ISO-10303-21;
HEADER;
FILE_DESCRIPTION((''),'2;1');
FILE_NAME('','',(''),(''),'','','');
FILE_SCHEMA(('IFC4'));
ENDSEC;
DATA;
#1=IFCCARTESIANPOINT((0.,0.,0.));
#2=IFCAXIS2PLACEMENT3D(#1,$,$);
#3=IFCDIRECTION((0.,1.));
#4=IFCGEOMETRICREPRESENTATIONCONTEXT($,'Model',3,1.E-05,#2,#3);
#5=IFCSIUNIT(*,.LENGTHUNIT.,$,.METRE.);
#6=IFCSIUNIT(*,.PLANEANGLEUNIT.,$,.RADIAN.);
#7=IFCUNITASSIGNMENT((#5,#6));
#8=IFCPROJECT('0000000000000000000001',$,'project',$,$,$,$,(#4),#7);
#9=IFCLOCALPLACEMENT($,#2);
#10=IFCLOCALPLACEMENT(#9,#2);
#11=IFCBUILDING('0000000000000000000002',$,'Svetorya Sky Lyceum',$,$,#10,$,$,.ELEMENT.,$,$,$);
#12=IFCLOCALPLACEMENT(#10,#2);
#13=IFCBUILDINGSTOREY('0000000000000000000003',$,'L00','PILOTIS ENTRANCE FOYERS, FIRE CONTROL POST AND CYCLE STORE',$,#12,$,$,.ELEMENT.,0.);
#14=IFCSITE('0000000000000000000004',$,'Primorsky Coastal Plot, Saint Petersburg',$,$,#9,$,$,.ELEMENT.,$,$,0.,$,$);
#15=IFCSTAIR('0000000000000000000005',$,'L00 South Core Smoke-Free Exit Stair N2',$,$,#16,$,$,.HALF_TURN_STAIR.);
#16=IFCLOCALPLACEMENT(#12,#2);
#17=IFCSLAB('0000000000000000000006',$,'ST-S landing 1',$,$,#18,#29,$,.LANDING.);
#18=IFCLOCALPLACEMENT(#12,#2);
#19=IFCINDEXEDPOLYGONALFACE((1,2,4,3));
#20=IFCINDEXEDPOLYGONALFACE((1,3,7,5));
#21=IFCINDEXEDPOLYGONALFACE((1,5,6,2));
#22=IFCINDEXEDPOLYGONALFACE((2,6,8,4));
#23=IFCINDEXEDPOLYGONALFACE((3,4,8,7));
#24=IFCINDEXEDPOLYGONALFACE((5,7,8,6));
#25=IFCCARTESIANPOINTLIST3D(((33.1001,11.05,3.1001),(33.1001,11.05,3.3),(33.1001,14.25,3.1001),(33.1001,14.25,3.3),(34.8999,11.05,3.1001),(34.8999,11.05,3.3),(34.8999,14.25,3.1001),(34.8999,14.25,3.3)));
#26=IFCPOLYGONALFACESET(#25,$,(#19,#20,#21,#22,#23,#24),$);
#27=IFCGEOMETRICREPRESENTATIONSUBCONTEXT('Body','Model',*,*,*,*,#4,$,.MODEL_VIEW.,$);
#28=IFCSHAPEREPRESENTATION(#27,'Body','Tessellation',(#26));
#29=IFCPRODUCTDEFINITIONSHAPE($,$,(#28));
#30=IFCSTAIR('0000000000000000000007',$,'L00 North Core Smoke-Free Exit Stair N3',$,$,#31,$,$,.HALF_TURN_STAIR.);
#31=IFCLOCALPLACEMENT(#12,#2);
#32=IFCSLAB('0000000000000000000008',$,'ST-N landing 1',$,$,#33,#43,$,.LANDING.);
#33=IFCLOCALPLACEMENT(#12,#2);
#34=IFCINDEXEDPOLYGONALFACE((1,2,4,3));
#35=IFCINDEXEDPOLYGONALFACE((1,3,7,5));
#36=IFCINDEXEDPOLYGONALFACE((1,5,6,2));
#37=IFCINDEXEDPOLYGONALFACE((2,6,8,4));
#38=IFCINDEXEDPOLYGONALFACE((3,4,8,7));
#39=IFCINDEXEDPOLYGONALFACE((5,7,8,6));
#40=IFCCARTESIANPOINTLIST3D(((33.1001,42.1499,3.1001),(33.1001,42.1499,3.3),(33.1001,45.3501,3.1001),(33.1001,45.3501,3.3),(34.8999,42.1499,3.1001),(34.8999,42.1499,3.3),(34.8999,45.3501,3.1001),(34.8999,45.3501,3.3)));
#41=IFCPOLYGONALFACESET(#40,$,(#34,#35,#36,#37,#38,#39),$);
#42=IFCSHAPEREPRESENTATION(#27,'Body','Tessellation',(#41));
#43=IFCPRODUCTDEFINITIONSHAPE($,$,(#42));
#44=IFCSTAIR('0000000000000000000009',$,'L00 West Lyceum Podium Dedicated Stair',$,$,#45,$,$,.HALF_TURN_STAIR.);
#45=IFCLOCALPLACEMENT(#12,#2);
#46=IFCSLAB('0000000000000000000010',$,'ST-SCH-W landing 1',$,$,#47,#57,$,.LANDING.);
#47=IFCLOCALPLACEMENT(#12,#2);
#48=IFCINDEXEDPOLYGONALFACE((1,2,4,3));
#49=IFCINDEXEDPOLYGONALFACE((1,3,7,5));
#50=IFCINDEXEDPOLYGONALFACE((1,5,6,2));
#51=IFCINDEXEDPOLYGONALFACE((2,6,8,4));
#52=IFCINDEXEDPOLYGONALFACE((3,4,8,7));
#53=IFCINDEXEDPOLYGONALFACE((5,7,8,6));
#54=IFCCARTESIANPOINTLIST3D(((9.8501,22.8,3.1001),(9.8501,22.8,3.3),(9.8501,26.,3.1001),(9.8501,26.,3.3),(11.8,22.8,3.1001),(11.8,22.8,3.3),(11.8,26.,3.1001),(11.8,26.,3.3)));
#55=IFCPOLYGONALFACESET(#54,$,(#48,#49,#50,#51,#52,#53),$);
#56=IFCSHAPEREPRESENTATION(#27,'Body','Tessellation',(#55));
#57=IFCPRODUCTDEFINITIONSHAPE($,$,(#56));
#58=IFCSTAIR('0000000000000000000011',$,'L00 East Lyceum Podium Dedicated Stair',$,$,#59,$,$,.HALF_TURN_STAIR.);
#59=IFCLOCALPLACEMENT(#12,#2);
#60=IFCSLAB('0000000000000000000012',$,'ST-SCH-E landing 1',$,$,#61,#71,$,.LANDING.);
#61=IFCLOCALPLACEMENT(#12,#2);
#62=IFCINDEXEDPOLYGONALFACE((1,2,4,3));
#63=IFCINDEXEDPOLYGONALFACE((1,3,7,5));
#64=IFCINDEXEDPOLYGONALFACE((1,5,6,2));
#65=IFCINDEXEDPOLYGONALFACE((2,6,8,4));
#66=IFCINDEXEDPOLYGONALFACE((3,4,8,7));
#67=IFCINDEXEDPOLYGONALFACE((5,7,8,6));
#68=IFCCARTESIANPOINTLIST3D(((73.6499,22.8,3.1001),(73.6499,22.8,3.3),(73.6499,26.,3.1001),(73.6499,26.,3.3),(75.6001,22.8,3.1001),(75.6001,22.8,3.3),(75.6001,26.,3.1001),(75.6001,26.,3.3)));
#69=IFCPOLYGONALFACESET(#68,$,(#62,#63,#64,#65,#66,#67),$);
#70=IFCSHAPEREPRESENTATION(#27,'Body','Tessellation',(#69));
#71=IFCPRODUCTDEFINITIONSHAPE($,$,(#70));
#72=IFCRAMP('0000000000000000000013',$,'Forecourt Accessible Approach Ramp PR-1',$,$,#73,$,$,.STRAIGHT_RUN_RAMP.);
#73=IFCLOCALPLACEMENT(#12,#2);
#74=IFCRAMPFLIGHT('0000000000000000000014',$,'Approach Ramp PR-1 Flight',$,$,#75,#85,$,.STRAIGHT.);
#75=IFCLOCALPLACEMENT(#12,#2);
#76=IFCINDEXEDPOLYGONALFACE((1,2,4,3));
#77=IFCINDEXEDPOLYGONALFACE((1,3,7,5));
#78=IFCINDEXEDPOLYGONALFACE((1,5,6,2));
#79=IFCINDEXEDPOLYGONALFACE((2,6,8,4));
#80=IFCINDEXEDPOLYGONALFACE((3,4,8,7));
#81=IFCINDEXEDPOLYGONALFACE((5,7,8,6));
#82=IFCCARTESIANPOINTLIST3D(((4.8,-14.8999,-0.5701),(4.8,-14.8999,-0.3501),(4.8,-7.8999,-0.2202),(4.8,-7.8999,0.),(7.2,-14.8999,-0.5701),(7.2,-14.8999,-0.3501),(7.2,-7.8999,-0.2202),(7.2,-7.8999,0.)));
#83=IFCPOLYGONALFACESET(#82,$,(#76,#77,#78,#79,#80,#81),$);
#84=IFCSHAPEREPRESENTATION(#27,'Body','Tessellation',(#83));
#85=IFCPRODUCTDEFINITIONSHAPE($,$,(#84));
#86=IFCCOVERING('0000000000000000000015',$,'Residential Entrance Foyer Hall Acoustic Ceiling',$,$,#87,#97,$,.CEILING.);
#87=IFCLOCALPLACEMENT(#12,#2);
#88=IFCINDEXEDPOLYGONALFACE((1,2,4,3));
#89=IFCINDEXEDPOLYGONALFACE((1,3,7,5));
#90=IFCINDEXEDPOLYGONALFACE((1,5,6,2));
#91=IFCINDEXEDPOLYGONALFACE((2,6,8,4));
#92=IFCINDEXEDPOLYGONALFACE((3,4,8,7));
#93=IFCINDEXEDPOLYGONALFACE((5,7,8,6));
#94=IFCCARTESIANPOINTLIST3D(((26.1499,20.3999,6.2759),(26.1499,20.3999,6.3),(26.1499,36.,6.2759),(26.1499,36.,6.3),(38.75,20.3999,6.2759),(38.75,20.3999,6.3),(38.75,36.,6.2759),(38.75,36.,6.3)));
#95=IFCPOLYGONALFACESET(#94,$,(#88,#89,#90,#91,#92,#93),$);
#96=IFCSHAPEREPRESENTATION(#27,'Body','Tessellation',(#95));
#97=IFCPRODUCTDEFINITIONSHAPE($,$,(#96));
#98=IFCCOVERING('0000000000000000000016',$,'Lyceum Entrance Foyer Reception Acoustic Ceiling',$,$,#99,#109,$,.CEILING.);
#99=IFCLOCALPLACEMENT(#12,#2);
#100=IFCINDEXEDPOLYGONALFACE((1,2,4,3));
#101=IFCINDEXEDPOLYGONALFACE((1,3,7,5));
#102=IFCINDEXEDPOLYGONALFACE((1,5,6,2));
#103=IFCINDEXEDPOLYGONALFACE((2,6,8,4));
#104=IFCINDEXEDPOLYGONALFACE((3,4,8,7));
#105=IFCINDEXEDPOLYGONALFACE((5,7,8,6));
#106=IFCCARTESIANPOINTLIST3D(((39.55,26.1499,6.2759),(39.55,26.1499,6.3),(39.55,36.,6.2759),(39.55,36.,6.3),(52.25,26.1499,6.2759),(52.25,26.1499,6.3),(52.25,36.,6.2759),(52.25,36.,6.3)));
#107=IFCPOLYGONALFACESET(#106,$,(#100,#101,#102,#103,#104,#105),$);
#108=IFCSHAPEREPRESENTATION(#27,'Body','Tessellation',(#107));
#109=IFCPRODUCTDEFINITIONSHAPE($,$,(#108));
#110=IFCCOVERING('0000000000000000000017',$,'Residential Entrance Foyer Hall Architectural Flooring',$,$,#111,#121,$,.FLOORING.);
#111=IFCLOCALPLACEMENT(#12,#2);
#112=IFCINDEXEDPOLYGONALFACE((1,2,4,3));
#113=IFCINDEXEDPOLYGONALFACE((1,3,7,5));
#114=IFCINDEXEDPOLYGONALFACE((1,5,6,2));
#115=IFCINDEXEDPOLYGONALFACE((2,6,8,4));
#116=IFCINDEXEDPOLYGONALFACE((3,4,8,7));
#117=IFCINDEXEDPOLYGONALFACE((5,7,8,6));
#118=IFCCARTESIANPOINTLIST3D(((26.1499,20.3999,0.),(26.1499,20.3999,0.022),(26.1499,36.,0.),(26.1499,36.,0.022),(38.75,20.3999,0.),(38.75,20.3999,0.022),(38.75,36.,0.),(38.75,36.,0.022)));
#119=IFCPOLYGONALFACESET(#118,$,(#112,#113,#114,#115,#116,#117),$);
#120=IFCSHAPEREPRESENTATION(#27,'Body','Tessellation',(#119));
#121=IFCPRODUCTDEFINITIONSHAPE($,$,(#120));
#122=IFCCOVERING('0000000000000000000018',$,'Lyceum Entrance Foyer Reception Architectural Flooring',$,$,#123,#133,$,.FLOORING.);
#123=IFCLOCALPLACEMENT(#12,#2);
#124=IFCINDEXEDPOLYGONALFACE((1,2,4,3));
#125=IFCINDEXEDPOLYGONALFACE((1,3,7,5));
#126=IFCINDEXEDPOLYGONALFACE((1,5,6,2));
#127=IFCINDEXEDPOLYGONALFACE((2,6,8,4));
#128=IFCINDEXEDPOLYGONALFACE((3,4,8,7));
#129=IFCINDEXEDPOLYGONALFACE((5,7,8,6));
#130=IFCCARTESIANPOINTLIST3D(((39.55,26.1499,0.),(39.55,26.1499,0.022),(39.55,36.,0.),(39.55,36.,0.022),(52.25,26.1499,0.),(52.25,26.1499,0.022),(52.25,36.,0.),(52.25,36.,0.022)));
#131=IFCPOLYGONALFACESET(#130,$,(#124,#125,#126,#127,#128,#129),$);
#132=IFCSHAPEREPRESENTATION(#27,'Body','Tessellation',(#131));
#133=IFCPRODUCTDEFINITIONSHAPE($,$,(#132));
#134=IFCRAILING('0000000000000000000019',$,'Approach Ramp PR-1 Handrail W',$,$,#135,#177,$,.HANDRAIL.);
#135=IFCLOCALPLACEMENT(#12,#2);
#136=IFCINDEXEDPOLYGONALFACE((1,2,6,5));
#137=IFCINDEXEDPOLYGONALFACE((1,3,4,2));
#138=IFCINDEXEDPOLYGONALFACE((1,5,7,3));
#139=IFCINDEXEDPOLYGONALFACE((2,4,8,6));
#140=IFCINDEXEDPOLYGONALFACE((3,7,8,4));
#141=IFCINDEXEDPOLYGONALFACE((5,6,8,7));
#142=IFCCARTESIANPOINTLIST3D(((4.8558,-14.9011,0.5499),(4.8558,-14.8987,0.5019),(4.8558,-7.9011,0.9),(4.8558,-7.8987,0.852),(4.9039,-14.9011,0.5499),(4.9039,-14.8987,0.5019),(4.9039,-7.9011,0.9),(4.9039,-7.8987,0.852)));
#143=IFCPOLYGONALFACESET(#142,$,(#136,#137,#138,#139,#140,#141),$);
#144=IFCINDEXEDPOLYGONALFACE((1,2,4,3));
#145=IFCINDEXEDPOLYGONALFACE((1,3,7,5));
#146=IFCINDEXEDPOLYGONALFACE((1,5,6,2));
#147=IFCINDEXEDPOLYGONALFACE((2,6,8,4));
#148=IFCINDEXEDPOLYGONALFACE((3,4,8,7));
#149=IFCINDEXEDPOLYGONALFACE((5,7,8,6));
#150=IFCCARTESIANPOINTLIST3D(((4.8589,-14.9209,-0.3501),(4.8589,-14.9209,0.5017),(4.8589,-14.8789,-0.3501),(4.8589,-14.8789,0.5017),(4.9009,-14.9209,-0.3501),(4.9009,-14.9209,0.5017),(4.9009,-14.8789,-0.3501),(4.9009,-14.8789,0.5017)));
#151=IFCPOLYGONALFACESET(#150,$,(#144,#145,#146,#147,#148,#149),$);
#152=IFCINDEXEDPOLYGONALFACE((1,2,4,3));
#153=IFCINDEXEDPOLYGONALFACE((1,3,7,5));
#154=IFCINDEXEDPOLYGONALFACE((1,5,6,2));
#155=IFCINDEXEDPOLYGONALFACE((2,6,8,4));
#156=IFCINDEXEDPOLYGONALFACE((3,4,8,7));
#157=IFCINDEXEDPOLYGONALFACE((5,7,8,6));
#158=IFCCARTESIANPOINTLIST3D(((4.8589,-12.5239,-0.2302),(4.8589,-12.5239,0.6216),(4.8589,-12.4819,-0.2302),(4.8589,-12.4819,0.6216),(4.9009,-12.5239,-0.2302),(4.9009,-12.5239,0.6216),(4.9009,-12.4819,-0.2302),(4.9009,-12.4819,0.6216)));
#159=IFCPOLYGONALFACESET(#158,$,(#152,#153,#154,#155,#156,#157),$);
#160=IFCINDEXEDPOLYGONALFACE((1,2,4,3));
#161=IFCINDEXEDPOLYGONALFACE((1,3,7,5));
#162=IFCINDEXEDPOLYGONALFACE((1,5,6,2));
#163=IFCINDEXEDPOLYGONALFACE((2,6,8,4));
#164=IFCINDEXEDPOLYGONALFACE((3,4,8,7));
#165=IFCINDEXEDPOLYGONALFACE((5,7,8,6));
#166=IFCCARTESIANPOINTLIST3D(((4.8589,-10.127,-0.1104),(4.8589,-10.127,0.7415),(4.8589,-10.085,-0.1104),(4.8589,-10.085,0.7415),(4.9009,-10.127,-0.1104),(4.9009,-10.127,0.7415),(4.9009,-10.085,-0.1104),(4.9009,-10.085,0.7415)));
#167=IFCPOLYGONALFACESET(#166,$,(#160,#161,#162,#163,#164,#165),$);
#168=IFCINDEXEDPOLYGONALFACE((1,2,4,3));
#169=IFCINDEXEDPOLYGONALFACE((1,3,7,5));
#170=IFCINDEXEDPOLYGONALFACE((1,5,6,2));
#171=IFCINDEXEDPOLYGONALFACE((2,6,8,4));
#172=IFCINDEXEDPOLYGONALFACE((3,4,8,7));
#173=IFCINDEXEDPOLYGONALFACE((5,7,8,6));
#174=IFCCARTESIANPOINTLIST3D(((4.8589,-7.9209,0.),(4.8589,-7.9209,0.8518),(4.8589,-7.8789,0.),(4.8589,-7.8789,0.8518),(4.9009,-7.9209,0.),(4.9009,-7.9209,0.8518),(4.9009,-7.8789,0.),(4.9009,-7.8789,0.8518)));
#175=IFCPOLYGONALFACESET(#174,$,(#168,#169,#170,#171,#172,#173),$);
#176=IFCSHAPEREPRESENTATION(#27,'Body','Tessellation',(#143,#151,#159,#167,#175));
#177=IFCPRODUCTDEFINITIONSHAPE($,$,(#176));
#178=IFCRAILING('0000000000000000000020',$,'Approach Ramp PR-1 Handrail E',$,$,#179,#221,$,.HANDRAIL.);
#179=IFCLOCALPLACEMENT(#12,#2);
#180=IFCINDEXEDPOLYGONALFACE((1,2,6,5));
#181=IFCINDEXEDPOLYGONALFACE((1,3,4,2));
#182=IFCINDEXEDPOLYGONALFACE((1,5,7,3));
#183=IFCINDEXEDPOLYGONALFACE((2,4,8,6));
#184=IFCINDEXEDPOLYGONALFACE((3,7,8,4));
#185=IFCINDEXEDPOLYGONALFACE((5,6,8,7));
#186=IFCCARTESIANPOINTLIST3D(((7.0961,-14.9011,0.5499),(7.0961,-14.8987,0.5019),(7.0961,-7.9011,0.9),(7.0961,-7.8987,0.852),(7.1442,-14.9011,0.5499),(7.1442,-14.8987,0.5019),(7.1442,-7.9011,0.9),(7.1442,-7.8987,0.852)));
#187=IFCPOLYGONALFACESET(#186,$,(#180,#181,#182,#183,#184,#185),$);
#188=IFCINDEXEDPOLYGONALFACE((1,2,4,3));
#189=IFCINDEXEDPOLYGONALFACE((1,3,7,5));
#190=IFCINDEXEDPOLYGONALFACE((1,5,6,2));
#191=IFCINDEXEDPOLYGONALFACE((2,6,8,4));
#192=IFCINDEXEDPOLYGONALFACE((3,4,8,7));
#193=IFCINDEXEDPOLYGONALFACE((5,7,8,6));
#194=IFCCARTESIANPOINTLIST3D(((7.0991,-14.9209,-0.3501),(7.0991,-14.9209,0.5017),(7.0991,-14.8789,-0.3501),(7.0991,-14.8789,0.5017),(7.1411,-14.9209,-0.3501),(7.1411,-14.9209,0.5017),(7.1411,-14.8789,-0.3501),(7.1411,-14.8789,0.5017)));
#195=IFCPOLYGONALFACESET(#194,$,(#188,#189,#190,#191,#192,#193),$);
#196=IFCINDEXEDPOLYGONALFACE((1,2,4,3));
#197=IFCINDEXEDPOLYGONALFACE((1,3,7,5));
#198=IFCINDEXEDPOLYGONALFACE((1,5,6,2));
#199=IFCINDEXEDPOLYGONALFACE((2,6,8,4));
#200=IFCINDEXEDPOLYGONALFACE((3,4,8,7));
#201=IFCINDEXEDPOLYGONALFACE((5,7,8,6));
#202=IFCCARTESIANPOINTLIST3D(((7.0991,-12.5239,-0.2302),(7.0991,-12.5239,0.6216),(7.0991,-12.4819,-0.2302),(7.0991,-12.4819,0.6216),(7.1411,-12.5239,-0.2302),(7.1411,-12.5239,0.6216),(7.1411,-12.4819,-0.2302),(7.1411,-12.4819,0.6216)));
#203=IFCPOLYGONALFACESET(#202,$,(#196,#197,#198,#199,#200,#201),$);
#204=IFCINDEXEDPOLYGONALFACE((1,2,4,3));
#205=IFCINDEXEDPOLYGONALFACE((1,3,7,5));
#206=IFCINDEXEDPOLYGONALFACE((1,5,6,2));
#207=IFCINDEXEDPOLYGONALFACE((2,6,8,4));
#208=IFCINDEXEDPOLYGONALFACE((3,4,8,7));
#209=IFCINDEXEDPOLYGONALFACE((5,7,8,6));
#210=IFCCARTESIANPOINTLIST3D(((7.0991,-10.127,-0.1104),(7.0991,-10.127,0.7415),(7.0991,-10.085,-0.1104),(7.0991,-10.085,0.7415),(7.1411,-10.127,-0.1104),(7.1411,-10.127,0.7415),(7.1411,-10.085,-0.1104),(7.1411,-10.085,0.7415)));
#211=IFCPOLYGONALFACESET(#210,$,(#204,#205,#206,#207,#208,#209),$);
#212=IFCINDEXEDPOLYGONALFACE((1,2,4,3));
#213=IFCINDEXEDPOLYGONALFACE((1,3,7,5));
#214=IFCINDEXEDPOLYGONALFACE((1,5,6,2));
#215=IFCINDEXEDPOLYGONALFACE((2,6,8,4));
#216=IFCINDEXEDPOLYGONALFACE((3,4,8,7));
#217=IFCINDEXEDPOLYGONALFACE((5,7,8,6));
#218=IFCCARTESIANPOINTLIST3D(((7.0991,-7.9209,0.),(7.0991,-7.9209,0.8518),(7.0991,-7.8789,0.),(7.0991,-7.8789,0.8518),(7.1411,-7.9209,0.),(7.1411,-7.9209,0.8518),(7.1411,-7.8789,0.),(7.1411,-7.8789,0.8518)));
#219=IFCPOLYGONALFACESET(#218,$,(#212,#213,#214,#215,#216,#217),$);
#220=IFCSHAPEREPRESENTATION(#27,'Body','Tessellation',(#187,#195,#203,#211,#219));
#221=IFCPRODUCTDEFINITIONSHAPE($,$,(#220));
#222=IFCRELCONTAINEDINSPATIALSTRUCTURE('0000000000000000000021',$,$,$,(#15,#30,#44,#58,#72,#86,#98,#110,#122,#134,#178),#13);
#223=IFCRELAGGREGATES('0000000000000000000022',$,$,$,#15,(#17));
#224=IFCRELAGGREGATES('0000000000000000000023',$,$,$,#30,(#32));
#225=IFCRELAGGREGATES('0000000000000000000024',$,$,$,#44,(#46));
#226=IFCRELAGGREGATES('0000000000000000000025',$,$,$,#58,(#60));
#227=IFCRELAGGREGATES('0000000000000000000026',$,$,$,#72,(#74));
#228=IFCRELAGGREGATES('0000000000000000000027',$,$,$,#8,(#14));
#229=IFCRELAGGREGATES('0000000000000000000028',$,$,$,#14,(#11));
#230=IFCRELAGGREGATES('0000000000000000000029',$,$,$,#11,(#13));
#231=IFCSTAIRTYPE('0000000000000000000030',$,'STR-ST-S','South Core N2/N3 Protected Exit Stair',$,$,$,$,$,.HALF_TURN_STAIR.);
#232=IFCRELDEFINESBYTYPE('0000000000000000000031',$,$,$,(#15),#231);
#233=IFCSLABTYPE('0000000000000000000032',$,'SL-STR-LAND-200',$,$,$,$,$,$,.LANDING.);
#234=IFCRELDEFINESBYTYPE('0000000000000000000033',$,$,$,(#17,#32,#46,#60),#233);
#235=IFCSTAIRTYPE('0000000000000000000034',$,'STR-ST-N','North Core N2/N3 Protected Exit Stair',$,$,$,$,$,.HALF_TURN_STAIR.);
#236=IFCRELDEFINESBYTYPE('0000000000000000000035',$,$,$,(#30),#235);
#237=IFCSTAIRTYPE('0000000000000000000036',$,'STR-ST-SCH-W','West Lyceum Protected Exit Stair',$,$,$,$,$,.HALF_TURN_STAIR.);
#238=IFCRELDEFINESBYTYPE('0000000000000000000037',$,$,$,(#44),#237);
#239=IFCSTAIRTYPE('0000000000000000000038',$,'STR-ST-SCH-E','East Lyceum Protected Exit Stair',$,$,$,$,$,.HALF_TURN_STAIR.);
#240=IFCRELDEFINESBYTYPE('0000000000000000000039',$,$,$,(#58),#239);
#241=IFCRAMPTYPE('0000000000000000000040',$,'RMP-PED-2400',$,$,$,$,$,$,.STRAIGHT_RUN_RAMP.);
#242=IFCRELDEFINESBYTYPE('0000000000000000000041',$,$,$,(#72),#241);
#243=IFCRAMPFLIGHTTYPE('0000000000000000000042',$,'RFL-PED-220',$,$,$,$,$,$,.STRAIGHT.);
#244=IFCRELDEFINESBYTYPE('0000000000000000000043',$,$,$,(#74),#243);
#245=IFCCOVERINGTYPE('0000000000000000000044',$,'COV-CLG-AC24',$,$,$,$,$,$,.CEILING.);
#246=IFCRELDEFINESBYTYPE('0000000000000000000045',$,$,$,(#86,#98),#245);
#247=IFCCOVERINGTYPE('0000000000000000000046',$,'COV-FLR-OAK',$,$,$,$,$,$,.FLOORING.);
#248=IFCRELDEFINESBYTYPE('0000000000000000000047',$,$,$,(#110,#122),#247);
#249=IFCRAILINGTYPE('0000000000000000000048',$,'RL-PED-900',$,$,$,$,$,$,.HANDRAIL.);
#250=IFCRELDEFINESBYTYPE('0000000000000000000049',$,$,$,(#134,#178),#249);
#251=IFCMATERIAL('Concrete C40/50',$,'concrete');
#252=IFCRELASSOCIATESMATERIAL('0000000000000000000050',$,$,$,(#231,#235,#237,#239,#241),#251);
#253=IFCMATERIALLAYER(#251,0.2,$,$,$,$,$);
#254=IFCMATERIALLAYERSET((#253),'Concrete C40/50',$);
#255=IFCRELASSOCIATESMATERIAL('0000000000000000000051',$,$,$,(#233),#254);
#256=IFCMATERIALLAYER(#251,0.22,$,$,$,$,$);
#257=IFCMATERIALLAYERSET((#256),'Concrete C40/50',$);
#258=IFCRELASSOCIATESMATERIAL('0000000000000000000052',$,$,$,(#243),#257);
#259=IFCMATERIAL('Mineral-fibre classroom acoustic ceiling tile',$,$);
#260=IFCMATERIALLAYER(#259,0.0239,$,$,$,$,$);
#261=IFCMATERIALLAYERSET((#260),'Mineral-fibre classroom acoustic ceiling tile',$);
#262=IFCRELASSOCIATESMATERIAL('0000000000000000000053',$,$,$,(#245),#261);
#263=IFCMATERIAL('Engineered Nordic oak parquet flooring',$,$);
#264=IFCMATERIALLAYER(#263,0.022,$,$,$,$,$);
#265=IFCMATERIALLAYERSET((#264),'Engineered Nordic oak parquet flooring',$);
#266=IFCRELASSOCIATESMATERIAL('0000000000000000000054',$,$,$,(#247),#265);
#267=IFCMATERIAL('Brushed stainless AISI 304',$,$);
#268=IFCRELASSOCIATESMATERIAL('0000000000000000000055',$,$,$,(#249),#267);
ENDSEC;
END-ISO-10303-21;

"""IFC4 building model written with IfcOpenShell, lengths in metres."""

from ifc_helpers import new_model, si_unit, direction, frame, origin, origin_2d, place, context, subcontext, project, spatial, polyline, rectangle, outline, extrude, material, layer, layer_set, type_object, element, aggregate, save


model = new_model("IFC4")

# Units and contexts
model_context = context("Model", 3, precision=1e-05, world=origin(), true_north=direction((0.0, 1.0)))
body_context = subcontext(model_context, "Body", "Model", "MODEL_VIEW")
ifc_project = project(units=[si_unit("LENGTHUNIT", "METRE"), si_unit("PLANEANGLEUNIT", "RADIAN")], contexts=[model_context])

# Site, building, storey
site_placement = place(None, origin())
site = spatial("IfcSite", under=ifc_project, at=site_placement, Name="Primorsky Coastal Plot, Saint Petersburg", CompositionType="ELEMENT", RefElevation=0.0)
building_placement = place(site_placement, origin())
building = spatial("IfcBuilding", under=site, at=building_placement, Name="Svetorya Sky Lyceum", CompositionType="ELEMENT")
storey_placement = place(building_placement, origin())
storey = spatial("IfcBuildingStorey", under=building, at=storey_placement, Name="L00", Description="PILOTIS ENTRANCE FOYERS, FIRE CONTROL POST AND CYCLE STORE", CompositionType="ELEMENT", Elevation=0.0)

# Stairs, slabs
ifc_material_1 = material(Name="Concrete C40/50", Category="concrete")
stair_type_1 = type_object("IfcStairType", Name="STR-ST-S", Description="South Core N2/N3 Protected Exit Stair", PredefinedType="HALF_TURN_STAIR", material=ifc_material_1)
stair_1_placement = place(storey_placement, origin())
stair_1 = element("IfcStair", 1, at=stair_1_placement, inside=storey, type_object=stair_type_1, Name="L00 South Core Smoke-Free Exit Stair N2", PredefinedType="HALF_TURN_STAIR")
ifc_layer_1 = layer(ifc_material_1, 0.2)
ifc_layer_set_1 = layer_set([ifc_layer_1], Name="Concrete C40/50")
slab_type_1 = type_object("IfcSlabType", Name="SL-STR-LAND-200", PredefinedType="LANDING", material=ifc_layer_set_1)
slab_1_placement = place(storey_placement, frame((0.0, 0.0, 3.1001)))
slab_1 = element("IfcSlab", 2, at=slab_1_placement, type_object=slab_type_1, Name="ST-S landing 1", PredefinedType="LANDING", context=body_context, shape_type="SweptSolid", body=[
    extrude(outline(polyline([(33.1001, 11.05), (34.8999, 11.05), (34.8999, 14.25), (33.1001, 14.25), (33.1001, 11.05)])), origin(), (0.0, 0.0, 1.0), 0.2),
])
aggregate(stair_1, [slab_1])
stair_type_2 = type_object("IfcStairType", Name="STR-ST-N", Description="North Core N2/N3 Protected Exit Stair", PredefinedType="HALF_TURN_STAIR", material=ifc_material_1)
stair_2_placement = place(storey_placement, origin())
stair_2 = element("IfcStair", 3, at=stair_2_placement, inside=storey, type_object=stair_type_2, Name="L00 North Core Smoke-Free Exit Stair N3", PredefinedType="HALF_TURN_STAIR")
slab_2_placement = place(storey_placement, frame((0.0, 0.0, 3.1001)))
slab_2 = element("IfcSlab", 4, at=slab_2_placement, type_object=slab_type_1, Name="ST-N landing 1", PredefinedType="LANDING", context=body_context, shape_type="SweptSolid", body=[
    extrude(outline(polyline([(33.1001, 42.1499), (34.8999, 42.1499), (34.8999, 45.3501), (33.1001, 45.3501), (33.1001, 42.1499)])), origin(), (0.0, 0.0, 1.0), 0.2),
])
aggregate(stair_2, [slab_2])
stair_type_3 = type_object("IfcStairType", Name="STR-ST-SCH-W", Description="West Lyceum Protected Exit Stair", PredefinedType="HALF_TURN_STAIR", material=ifc_material_1)
stair_3_placement = place(storey_placement, origin())
stair_3 = element("IfcStair", 5, at=stair_3_placement, inside=storey, type_object=stair_type_3, Name="L00 West Lyceum Podium Dedicated Stair", PredefinedType="HALF_TURN_STAIR")
slab_3_placement = place(storey_placement, frame((0.0, 0.0, 3.1001)))
slab_3 = element("IfcSlab", 6, at=slab_3_placement, type_object=slab_type_1, Name="ST-SCH-W landing 1", PredefinedType="LANDING", context=body_context, shape_type="SweptSolid", body=[
    extrude(outline(polyline([(9.8501, 22.8), (11.8, 22.8), (11.8, 26.0), (9.8501, 26.0), (9.8501, 22.8)])), origin(), (0.0, 0.0, 1.0), 0.2),
])
aggregate(stair_3, [slab_3])
stair_type_4 = type_object("IfcStairType", Name="STR-ST-SCH-E", Description="East Lyceum Protected Exit Stair", PredefinedType="HALF_TURN_STAIR", material=ifc_material_1)
stair_4_placement = place(storey_placement, origin())
stair_4 = element("IfcStair", 7, at=stair_4_placement, inside=storey, type_object=stair_type_4, Name="L00 East Lyceum Podium Dedicated Stair", PredefinedType="HALF_TURN_STAIR")
slab_4_placement = place(storey_placement, frame((0.0, 0.0, 3.1001)))
slab_4 = element("IfcSlab", 8, at=slab_4_placement, type_object=slab_type_1, Name="ST-SCH-E landing 1", PredefinedType="LANDING", context=body_context, shape_type="SweptSolid", body=[
    extrude(outline(polyline([(73.6499, 22.8), (75.6001, 22.8), (75.6001, 26.0), (73.6499, 26.0), (73.6499, 22.8)])), origin(), (0.0, 0.0, 1.0), 0.2),
])
aggregate(stair_4, [slab_4])

# Ramp, ramp flight
ramp_type = type_object("IfcRampType", Name="RMP-PED-2400", PredefinedType="STRAIGHT_RUN_RAMP", material=ifc_material_1)
ramp_placement = place(storey_placement, origin())
ramp = element("IfcRamp", 9, at=ramp_placement, inside=storey, type_object=ramp_type, Name="Forecourt Accessible Approach Ramp PR-1", PredefinedType="STRAIGHT_RUN_RAMP")
ifc_layer_2 = layer(ifc_material_1, 0.22)
ifc_layer_set_2 = layer_set([ifc_layer_2], Name="Concrete C40/50")
ramp_flight_type = type_object("IfcRampFlightType", Name="RFL-PED-220", PredefinedType="STRAIGHT", material=ifc_layer_set_2)
ramp_flight_placement = place(storey_placement, frame((4.8, -14.8999, -0.3501), z_axis=(1.0, 0.0, 0.0), x_axis=(0.0, 1.0, 0.0)))
ramp_flight = element("IfcRampFlight", 10, at=ramp_flight_placement, type_object=ramp_flight_type, Name="Approach Ramp PR-1 Flight", PredefinedType="STRAIGHT", context=body_context, shape_type="SweptSolid", body=[
    extrude(outline(polyline([(0.0, -0.22), (7.0, 0.1299), (7.0, 0.3501), (0.0, 0.0), (0.0, -0.22)])), origin(), (0.0, 0.0, 1.0), 2.3999),
])
aggregate(ramp, [ramp_flight])

# Coverings
ifc_material_2 = material(Name="Mineral-fibre classroom acoustic ceiling tile")
ifc_layer_3 = layer(ifc_material_2, 0.0239)
ifc_layer_set_3 = layer_set([ifc_layer_3], Name="Mineral-fibre classroom acoustic ceiling tile")
covering_type_1 = type_object("IfcCoveringType", Name="COV-CLG-AC24", PredefinedType="CEILING", material=ifc_layer_set_3)
covering_1_placement = place(storey_placement, frame((0.0, 0.0, 6.2759)))
element("IfcCovering", 11, at=covering_1_placement, inside=storey, type_object=covering_type_1, Name="Residential Entrance Foyer Hall Acoustic Ceiling", PredefinedType="CEILING", context=body_context, shape_type="SweptSolid", body=[
    extrude(outline(polyline([(26.1499, 20.3999), (38.75, 20.3999), (38.75, 36.0), (26.1499, 36.0), (26.1499, 20.3999)])), origin(), (0.0, 0.0, 1.0), 0.0242),
])
covering_2_placement = place(storey_placement, frame((0.0, 0.0, 6.2759)))
element("IfcCovering", 12, at=covering_2_placement, inside=storey, type_object=covering_type_1, Name="Lyceum Entrance Foyer Reception Acoustic Ceiling", PredefinedType="CEILING", context=body_context, shape_type="SweptSolid", body=[
    extrude(outline(polyline([(39.55, 26.1499), (52.25, 26.1499), (52.25, 36.0), (39.55, 36.0), (39.55, 26.1499)])), origin(), (0.0, 0.0, 1.0), 0.0242),
])
ifc_material_3 = material(Name="Engineered Nordic oak parquet flooring")
ifc_layer_4 = layer(ifc_material_3, 0.022)
ifc_layer_set_4 = layer_set([ifc_layer_4], Name="Engineered Nordic oak parquet flooring")
covering_type_2 = type_object("IfcCoveringType", Name="COV-FLR-OAK", PredefinedType="FLOORING", material=ifc_layer_set_4)
covering_3_placement = place(storey_placement, origin())
element("IfcCovering", 13, at=covering_3_placement, inside=storey, type_object=covering_type_2, Name="Residential Entrance Foyer Hall Architectural Flooring", PredefinedType="FLOORING", context=body_context, shape_type="SweptSolid", body=[
    extrude(outline(polyline([(26.1499, 20.3999), (38.75, 20.3999), (38.75, 36.0), (26.1499, 36.0), (26.1499, 20.3999)])), origin(), (0.0, 0.0, 1.0), 0.022),
])
covering_4_placement = place(storey_placement, origin())
element("IfcCovering", 14, at=covering_4_placement, inside=storey, type_object=covering_type_2, Name="Lyceum Entrance Foyer Reception Architectural Flooring", PredefinedType="FLOORING", context=body_context, shape_type="SweptSolid", body=[
    extrude(outline(polyline([(39.55, 26.1499), (52.25, 26.1499), (52.25, 36.0), (39.55, 36.0), (39.55, 26.1499)])), origin(), (0.0, 0.0, 1.0), 0.022),
])

# Railings
ifc_material_4 = material(Name="Brushed stainless AISI 304")
railing_type = type_object("IfcRailingType", Name="RL-PED-900", PredefinedType="HANDRAIL", material=ifc_material_4)
for number, where, name in (
    (15, (4.8799, -14.8999, -0.3501), "Approach Ramp PR-1 Handrail W"),
    (16, (7.1201, -14.8999, -0.3501), "Approach Ramp PR-1 Handrail E"),
):
    element("IfcRailing", number, at=place(storey_placement, frame(where)), inside=storey, type_object=railing_type, Name=name, PredefinedType="HANDRAIL", context=body_context, shape_type="SweptSolid", body=[
        extrude(rectangle(XDim=0.0481, YDim=0.0481, at=origin_2d()), frame((0.0, 0.0, 0.876), z_axis=(0.0, 0.998752, 0.049952), x_axis=(-1.0, 0.0, 0.0)), (0.0, 0.0, 1.0), 7.0088),
        extrude(rectangle(XDim=0.042, YDim=0.042, at=origin_2d()), origin(), (0.0, 0.0, 1.0), 0.8518),
        extrude(rectangle(XDim=0.042, YDim=0.042, at=origin_2d()), frame((0.0, 2.397, 0.1199)), (0.0, 0.0, 1.0), 0.8518),
        extrude(rectangle(XDim=0.042, YDim=0.042, at=origin_2d()), frame((0.0, 4.7939, 0.2397)), (0.0, 0.0, 1.0), 0.8518),
        extrude(rectangle(XDim=0.042, YDim=0.042, at=origin_2d()), frame((0.0, 7.0, 0.3501)), (0.0, 0.0, 1.0), 0.8518),
    ])

save(model, "model.ifc")
